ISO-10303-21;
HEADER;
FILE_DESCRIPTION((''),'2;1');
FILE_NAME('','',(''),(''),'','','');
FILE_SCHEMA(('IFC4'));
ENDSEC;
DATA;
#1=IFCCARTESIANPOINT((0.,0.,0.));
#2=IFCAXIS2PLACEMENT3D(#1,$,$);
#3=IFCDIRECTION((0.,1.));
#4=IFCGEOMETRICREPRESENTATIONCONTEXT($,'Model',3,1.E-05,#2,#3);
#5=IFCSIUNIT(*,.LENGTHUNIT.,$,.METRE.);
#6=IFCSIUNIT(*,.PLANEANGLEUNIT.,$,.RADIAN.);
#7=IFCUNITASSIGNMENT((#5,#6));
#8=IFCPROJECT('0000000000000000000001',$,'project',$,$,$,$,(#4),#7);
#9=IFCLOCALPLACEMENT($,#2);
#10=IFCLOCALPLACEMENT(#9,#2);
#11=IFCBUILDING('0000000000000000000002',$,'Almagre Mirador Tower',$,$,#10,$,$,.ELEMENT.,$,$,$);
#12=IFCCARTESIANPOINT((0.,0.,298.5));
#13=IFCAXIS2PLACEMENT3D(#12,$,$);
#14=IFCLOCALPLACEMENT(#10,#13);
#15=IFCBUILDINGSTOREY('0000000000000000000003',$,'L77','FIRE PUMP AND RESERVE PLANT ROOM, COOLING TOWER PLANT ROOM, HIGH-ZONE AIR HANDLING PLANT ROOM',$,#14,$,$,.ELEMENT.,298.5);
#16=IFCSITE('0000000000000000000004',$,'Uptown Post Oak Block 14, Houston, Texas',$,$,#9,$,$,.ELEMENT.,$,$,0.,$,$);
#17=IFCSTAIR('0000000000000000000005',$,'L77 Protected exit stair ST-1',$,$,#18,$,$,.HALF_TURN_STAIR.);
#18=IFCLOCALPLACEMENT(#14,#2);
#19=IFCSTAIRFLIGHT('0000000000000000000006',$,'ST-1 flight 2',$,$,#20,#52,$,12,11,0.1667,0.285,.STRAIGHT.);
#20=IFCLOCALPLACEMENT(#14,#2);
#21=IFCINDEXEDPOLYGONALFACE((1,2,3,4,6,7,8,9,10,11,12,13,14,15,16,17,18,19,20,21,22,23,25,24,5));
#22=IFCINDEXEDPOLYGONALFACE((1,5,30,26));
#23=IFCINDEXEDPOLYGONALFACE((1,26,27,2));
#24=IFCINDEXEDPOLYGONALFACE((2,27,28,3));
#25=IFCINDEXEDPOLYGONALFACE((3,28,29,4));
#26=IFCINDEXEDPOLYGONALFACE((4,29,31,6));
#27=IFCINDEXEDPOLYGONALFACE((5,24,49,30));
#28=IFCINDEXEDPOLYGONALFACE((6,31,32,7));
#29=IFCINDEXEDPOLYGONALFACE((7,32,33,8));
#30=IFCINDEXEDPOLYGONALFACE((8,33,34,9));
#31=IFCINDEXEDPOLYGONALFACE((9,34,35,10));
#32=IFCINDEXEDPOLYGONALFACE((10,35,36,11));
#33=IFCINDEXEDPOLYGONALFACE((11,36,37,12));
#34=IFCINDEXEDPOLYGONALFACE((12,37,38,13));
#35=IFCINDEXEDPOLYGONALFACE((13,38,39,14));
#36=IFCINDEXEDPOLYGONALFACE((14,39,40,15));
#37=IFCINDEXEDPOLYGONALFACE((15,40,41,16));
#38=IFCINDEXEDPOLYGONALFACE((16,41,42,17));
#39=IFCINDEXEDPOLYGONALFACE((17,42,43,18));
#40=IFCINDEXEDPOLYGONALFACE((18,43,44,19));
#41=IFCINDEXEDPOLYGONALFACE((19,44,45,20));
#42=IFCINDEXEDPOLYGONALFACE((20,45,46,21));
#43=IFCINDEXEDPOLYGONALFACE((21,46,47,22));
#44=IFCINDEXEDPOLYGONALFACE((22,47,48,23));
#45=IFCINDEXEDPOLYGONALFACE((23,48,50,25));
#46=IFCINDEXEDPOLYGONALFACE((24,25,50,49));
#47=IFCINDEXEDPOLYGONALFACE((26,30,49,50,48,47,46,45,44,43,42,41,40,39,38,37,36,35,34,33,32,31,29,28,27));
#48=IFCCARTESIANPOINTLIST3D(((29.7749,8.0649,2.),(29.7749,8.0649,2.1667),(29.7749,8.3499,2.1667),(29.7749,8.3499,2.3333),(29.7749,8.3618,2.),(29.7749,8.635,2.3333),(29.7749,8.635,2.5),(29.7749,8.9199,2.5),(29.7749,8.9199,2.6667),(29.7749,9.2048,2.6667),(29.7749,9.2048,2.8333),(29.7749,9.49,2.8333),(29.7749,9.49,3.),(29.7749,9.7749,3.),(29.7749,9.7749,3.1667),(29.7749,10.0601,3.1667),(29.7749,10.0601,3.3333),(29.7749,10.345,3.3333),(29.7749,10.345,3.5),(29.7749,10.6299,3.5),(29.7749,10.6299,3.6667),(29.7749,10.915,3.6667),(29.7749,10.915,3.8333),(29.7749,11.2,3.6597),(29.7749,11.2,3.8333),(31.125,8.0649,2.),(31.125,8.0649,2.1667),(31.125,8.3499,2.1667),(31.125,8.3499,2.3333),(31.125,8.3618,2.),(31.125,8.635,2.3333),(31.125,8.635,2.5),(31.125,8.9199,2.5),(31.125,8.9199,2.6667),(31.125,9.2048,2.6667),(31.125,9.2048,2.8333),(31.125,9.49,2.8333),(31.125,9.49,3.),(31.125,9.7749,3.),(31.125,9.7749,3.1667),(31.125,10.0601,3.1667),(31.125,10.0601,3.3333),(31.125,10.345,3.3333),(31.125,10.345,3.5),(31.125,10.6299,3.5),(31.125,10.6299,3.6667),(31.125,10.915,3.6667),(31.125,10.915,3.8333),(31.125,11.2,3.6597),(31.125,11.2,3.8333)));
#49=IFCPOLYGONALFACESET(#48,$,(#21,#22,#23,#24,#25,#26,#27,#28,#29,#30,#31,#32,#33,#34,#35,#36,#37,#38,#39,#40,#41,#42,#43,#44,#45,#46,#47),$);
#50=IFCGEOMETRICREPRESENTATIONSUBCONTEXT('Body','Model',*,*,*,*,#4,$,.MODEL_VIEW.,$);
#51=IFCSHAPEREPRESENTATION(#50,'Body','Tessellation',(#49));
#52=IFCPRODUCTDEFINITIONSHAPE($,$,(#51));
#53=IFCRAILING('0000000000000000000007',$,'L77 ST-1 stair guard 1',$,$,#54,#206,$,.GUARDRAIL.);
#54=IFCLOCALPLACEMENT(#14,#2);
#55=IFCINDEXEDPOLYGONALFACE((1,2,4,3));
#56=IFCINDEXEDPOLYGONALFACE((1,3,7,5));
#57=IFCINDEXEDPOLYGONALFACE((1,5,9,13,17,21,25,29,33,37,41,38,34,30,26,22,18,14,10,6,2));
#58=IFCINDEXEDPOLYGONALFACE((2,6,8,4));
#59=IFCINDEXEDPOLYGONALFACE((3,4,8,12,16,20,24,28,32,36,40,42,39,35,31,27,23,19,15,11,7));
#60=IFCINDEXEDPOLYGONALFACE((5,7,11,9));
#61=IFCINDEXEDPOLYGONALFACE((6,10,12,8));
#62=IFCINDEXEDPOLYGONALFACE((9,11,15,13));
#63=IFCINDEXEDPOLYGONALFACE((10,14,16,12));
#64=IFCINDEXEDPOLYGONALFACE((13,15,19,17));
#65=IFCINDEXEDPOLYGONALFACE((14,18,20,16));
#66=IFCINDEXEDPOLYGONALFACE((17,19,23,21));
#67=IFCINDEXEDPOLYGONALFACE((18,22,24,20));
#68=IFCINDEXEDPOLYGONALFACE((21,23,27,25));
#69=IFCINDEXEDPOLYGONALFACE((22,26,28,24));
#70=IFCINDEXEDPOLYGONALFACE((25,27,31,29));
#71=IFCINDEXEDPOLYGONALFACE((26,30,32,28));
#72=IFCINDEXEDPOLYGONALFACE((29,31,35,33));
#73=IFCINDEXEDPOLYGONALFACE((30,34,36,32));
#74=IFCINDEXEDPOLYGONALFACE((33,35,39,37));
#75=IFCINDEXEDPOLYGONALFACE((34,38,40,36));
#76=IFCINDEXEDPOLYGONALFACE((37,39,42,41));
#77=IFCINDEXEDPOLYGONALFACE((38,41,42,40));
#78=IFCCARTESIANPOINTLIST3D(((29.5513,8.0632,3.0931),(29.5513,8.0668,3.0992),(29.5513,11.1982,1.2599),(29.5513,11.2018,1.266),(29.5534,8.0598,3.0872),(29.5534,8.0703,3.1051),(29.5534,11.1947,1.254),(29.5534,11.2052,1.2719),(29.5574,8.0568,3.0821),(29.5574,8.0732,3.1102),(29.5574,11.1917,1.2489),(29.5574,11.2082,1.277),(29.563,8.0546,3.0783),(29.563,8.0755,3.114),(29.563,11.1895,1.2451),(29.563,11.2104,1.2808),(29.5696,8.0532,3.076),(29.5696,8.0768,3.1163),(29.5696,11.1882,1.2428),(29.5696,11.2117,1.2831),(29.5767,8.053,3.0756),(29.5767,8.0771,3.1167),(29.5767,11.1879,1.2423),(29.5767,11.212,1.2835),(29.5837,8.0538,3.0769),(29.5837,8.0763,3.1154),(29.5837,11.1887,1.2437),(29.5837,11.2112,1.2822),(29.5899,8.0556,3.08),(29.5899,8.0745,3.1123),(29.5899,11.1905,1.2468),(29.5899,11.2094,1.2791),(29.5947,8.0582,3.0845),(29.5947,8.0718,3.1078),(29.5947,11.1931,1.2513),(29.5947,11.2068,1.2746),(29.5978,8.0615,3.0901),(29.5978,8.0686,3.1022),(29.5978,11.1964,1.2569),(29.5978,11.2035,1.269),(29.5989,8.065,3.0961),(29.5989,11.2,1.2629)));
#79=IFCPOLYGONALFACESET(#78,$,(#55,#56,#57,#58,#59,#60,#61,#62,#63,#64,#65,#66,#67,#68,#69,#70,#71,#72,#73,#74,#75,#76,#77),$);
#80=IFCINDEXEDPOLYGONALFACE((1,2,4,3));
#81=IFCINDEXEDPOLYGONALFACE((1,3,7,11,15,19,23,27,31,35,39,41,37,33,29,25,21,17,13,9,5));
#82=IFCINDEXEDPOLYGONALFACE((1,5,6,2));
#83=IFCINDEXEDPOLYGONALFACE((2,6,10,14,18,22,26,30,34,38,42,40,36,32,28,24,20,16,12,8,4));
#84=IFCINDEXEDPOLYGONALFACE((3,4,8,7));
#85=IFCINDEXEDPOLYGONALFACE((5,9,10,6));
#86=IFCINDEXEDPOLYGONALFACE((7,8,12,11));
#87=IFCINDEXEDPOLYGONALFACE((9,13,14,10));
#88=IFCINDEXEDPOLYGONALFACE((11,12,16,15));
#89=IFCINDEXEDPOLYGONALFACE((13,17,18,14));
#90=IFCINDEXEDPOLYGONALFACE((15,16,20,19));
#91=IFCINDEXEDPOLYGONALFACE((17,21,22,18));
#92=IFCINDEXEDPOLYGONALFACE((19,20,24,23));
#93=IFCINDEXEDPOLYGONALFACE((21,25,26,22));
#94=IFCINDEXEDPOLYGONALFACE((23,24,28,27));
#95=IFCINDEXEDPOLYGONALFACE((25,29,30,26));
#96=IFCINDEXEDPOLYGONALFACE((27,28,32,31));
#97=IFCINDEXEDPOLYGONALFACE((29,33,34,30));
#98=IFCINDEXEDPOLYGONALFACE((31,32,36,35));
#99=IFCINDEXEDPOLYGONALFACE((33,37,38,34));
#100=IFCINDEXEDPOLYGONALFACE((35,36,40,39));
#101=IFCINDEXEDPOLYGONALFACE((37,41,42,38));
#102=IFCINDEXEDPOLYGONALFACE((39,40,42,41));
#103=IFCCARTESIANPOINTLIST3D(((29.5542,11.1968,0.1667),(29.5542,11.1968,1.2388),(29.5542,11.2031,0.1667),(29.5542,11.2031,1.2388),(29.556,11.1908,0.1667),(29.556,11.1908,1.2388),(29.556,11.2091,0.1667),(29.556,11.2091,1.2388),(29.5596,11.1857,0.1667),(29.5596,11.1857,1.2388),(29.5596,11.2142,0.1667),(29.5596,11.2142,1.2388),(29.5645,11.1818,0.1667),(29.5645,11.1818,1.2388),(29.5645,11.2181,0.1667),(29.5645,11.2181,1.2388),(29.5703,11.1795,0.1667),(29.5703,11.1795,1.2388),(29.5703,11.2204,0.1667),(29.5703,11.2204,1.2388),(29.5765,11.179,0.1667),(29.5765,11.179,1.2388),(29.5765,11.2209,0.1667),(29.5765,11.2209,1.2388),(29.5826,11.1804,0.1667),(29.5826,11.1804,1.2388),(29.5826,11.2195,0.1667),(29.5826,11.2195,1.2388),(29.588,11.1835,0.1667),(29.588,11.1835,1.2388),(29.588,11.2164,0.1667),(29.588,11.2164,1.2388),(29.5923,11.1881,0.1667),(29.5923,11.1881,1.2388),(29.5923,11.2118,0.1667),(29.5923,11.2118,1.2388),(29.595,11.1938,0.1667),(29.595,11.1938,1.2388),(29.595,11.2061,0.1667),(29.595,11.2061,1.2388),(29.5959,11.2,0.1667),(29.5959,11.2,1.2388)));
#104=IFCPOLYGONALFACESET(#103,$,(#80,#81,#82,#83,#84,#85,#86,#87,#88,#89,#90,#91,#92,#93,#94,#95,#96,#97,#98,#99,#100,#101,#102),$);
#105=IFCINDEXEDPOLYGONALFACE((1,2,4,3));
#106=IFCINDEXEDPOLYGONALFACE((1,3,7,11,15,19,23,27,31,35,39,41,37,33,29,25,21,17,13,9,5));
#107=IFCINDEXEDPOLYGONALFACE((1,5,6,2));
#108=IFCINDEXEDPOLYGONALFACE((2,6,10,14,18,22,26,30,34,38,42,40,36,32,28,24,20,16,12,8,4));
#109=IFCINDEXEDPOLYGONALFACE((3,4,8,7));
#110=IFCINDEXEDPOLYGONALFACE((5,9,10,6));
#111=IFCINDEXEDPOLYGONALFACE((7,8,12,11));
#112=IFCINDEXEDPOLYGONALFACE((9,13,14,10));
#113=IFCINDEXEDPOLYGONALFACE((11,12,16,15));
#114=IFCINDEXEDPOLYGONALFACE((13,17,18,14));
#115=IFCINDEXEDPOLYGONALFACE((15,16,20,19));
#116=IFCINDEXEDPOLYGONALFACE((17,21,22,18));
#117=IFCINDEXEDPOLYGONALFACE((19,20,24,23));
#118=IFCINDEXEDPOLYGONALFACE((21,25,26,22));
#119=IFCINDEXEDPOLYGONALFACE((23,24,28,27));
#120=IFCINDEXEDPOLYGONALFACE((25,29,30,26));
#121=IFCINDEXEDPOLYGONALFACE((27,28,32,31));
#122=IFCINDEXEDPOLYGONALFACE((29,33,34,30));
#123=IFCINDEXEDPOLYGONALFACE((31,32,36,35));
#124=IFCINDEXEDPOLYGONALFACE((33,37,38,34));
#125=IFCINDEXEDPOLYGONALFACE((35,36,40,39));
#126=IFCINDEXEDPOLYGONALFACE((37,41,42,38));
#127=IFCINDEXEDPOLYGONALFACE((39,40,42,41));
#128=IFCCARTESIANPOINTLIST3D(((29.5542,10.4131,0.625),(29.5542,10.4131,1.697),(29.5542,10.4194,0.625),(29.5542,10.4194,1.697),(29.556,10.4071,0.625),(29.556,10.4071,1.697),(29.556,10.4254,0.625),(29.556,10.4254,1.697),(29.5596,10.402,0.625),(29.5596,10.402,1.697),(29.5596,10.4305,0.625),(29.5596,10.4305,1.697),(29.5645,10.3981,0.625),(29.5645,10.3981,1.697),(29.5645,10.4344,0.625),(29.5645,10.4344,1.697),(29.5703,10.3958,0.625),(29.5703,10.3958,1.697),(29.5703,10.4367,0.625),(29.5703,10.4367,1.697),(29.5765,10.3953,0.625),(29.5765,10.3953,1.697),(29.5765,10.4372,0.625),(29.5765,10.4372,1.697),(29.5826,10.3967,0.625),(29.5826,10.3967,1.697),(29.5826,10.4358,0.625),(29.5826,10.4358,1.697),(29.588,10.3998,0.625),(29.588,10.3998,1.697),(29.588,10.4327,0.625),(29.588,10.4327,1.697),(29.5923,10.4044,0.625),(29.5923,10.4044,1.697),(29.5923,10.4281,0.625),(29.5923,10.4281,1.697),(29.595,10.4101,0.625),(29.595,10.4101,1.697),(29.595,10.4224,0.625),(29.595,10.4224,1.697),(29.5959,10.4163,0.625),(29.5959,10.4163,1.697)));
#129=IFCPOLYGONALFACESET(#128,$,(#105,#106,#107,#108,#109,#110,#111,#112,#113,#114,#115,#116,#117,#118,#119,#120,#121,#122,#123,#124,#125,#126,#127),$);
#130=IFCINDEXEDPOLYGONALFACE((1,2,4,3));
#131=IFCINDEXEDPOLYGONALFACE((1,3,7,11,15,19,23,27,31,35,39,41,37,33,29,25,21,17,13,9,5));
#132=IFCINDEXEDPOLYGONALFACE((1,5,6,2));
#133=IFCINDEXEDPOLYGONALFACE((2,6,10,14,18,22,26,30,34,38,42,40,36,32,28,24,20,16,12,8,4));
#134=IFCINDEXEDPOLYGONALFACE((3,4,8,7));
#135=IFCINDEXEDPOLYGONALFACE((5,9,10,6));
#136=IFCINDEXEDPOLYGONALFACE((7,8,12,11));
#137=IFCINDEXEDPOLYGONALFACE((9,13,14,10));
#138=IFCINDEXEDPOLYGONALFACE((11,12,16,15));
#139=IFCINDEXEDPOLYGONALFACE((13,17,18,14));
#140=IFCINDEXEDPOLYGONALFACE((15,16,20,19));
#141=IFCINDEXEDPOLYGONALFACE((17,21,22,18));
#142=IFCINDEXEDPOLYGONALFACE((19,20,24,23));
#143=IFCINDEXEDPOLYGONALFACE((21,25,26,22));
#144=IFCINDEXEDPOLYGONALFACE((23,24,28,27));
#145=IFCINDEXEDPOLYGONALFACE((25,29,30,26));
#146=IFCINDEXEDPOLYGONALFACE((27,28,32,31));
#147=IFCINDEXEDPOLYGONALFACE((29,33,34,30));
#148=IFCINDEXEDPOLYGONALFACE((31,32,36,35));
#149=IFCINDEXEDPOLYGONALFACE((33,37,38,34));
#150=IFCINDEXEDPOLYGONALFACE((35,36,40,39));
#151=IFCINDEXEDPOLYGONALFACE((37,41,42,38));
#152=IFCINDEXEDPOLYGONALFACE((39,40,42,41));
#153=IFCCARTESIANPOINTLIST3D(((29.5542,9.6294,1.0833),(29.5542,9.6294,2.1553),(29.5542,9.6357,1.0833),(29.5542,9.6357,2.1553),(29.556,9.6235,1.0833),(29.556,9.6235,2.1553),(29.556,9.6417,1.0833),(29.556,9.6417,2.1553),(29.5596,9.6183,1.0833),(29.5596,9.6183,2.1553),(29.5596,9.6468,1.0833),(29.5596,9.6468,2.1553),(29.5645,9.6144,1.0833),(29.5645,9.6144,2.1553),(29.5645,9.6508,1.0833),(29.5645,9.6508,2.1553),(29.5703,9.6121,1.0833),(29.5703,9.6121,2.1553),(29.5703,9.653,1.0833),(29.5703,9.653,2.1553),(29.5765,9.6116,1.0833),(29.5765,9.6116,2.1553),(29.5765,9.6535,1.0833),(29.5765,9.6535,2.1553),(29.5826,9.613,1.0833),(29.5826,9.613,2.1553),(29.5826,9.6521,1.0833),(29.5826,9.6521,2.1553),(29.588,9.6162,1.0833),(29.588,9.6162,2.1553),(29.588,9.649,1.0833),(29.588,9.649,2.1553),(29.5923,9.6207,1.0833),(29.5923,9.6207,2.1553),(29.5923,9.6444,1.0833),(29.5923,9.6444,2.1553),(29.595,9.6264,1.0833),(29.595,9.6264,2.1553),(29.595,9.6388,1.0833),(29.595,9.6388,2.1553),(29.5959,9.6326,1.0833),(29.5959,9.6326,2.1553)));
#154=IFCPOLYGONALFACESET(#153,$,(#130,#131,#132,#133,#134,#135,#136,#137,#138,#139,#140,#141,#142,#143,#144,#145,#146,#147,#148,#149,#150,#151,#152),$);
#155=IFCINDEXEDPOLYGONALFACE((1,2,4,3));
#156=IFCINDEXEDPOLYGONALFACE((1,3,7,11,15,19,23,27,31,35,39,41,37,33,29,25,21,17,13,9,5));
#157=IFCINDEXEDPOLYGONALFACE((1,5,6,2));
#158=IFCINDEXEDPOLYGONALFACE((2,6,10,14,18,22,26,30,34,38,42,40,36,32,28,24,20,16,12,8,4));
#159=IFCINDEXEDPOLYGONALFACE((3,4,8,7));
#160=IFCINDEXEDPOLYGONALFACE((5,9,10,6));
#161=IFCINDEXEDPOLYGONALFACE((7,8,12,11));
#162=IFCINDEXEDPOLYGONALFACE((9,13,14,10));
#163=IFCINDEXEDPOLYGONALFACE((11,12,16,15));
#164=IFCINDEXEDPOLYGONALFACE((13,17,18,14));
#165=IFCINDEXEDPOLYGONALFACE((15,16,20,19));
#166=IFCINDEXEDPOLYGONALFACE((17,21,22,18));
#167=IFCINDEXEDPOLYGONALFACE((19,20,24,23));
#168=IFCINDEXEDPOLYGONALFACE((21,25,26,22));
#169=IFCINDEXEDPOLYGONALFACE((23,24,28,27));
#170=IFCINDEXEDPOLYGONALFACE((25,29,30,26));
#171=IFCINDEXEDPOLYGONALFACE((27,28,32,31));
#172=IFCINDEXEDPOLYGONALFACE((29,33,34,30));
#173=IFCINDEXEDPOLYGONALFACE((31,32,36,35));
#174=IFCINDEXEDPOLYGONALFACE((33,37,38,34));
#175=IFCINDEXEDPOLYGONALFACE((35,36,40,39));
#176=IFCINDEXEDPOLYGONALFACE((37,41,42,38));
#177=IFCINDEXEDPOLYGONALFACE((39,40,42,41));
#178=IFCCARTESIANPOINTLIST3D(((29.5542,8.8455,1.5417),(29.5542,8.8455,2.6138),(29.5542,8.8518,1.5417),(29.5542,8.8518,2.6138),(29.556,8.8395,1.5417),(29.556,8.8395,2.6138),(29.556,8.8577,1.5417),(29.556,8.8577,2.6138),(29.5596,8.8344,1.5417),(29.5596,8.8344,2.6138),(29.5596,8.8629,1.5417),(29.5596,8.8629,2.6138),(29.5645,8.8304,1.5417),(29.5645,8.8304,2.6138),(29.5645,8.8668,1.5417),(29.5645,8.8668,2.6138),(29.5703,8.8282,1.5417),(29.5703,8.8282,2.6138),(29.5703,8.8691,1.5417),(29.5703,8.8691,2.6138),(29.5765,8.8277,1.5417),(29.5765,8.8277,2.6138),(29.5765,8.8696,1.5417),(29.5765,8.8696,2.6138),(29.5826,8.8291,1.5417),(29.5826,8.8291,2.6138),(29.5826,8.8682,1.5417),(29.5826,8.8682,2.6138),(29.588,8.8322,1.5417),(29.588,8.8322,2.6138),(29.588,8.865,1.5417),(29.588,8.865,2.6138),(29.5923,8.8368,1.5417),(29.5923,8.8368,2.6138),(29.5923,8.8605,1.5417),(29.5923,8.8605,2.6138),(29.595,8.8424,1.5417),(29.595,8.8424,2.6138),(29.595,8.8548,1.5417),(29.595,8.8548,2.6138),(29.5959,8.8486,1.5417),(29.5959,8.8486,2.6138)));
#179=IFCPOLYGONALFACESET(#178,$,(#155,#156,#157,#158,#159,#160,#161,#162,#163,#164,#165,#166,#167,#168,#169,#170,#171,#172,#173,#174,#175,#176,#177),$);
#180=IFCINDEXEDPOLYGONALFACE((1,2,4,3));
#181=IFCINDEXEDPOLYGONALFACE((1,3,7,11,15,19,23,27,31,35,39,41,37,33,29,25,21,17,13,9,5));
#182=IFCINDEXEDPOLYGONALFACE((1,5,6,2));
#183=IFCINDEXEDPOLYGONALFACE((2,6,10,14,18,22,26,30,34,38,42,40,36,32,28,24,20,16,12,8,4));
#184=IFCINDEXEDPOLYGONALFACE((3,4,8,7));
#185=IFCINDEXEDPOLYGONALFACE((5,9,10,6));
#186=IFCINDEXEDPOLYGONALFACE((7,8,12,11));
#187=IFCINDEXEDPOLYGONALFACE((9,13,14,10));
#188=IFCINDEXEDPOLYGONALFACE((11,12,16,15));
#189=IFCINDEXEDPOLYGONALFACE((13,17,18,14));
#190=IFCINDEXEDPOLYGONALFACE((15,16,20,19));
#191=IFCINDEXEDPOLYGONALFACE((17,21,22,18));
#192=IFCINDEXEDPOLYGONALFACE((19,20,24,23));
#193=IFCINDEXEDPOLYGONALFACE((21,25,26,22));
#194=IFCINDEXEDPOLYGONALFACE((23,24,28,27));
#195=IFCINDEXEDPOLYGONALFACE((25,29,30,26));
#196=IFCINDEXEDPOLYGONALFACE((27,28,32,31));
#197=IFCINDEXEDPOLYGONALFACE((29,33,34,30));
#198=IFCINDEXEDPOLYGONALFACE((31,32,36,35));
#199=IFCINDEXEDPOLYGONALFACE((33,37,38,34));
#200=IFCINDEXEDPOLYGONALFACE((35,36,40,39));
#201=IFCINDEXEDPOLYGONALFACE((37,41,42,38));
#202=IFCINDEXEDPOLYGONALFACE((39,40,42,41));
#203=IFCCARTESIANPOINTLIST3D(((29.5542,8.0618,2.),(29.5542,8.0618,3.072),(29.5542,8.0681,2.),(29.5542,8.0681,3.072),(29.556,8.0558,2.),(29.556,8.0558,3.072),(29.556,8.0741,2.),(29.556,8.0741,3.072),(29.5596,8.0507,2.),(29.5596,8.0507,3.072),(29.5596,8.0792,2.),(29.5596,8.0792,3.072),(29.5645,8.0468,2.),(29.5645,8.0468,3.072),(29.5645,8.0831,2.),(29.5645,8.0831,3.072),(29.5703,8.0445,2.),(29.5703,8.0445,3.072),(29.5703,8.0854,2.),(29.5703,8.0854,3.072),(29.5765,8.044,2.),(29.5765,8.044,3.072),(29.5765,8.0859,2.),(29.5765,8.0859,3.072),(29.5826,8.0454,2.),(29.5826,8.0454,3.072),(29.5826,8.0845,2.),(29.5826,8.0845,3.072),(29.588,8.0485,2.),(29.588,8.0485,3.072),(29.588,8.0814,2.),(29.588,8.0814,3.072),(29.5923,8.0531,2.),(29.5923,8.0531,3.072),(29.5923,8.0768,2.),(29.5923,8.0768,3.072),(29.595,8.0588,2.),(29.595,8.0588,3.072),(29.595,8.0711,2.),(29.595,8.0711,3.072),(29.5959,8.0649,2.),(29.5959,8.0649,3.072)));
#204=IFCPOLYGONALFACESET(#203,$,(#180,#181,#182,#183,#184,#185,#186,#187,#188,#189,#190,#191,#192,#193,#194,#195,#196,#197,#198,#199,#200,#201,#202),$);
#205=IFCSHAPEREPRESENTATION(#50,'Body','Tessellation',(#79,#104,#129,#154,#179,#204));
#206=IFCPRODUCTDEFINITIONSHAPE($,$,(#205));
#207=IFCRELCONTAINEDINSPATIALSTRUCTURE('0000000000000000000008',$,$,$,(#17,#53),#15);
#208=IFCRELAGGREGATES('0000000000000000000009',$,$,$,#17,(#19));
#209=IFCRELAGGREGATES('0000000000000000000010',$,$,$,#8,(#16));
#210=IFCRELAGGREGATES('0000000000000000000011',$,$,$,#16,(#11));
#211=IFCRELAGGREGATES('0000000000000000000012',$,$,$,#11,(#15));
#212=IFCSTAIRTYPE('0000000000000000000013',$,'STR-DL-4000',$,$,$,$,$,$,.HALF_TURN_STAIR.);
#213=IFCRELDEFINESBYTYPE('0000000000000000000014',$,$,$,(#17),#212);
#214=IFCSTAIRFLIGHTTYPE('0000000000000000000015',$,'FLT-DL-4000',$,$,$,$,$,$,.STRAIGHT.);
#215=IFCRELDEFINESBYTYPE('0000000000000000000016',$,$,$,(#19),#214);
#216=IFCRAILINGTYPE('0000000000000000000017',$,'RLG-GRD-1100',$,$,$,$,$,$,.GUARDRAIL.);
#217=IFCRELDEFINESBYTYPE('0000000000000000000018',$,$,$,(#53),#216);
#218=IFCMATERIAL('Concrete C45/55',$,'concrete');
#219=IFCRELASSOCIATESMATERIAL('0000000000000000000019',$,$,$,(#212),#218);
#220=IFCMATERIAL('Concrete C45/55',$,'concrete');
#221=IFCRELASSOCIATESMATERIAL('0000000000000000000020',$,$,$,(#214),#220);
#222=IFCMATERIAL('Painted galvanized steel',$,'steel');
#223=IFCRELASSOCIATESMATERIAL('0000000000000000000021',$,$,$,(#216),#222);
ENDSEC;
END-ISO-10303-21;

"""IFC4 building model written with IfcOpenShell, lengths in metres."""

from ifc_helpers import new_model, si_unit, direction, frame, origin, origin_2d, place, context, subcontext, project, spatial, polyline, circle, outline, extrude, material, type_object, element, aggregate, save


model = new_model("IFC4")

# Units and contexts
model_context = context("Model", 3, precision=1e-05, world=origin(), true_north=direction((0.0, 1.0)))
body_context = subcontext(model_context, "Body", "Model", "MODEL_VIEW")
ifc_project = project(units=[si_unit("LENGTHUNIT", "METRE"), si_unit("PLANEANGLEUNIT", "RADIAN")], contexts=[model_context])

# Site, building, storey
site_placement = place(None, origin())
site = spatial("IfcSite", under=ifc_project, at=site_placement, Name="Uptown Post Oak Block 14, Houston, Texas", CompositionType="ELEMENT", RefElevation=0.0)
building_placement = place(site_placement, origin())
building = spatial("IfcBuilding", under=site, at=building_placement, Name="Almagre Mirador Tower", CompositionType="ELEMENT")
storey_placement = place(building_placement, frame((0.0, 0.0, 298.5)))
storey = spatial("IfcBuildingStorey", under=building, at=storey_placement, Name="L77", Description="FIRE PUMP AND RESERVE PLANT ROOM, COOLING TOWER PLANT ROOM, HIGH-ZONE AIR HANDLING PLANT ROOM", CompositionType="ELEMENT", Elevation=298.5)

# Stair, stair flight
ifc_material_1 = material(Name="Concrete C45/55", Category="concrete")
stair_type = type_object("IfcStairType", Name="STR-DL-4000", PredefinedType="HALF_TURN_STAIR", material=ifc_material_1)
stair_placement = place(storey_placement, origin())
stair = element("IfcStair", 1, at=stair_placement, inside=storey, type_object=stair_type, Name="L77 Protected exit stair ST-1", PredefinedType="HALF_TURN_STAIR")
ifc_material_2 = material(Name="Concrete C45/55", Category="concrete")
stair_flight_type = type_object("IfcStairFlightType", Name="FLT-DL-4000", PredefinedType="STRAIGHT", material=ifc_material_2)
stair_flight_1_placement = place(storey_placement, frame((30.45, 8.0649, 2.0), z_axis=(0.0, 0.0, 1.0), x_axis=(0.0, 1.0, 0.0)))
stair_flight_1 = element("IfcStairFlight", 2, at=stair_flight_1_placement, type_object=stair_flight_type, Name="ST-1 flight 2", NumberOfRisers=12, NumberOfTreads=11, PredefinedType="STRAIGHT", RiserHeight=0.1667, TreadLength=0.285, context=body_context, shape_type="SweptSolid", body=[
    extrude(outline(polyline([(0.0, 0.0), (0.0, 0.1667), (0.2849, 0.1667), (0.2849, 0.3333), (0.5701, 0.3333), (0.5701, 0.5), (0.855, 0.5), (0.855, 0.6667), (1.1399, 0.6667), (1.1399, 0.8333), (1.425, 0.8333), (1.425, 1.0), (1.71, 1.0), (1.71, 1.1667), (1.9951, 1.1667), (1.9951, 1.3333), (2.28, 1.3333), (2.28, 1.5), (2.5649, 1.5), (2.5649, 1.6667), (2.8501, 1.6667), (2.8501, 1.8333), (3.135, 1.8333), (3.135, 2.0), (3.135, 1.6597), (0.2969, 0.0), (0.0, 0.0)])), frame((0.0, 0.675, 0.0), z_axis=(0.0, -1.0, 0.0), x_axis=(1.0, 0.0, 0.0)), (0.0, 0.0, 1.0), 1.3501),
])
aggregate(stair, [stair_flight_1])

# Railing
ifc_material_3 = material(Name="Painted galvanized steel", Category="steel")
railing_type_1 = type_object("IfcRailingType", Name="RLG-GRD-1100", PredefinedType="GUARDRAIL", material=ifc_material_3)
railing_1_placement = place(storey_placement, frame((29.575, 11.2, 0.1667)))
element("IfcRailing", 3, at=railing_1_placement, inside=storey, type_object=railing_type_1, Name="L77 ST-1 stair guard 1", PredefinedType="GUARDRAIL", context=body_context, shape_type="SweptSolid", body=[
    extrude(circle(Radius=0.0239, at=origin_2d()), frame((0.0, 0.0, 1.0962), z_axis=(0.0, -0.86324, 0.504794), x_axis=(1.0, 0.0, 0.0)), (0.0, 0.0, 1.0), 3.6316),
    extrude(circle(Radius=0.021, at=origin_2d()), origin(), (0.0, 0.0, 1.0), 1.072),
    extrude(circle(Radius=0.021, at=origin_2d()), frame((0.0, -0.7837, 0.4583)), (0.0, 0.0, 1.0), 1.072),
    extrude(circle(Radius=0.021, at=origin_2d()), frame((0.0, -1.5674, 0.9165)), (0.0, 0.0, 1.0), 1.072),
    extrude(circle(Radius=0.021, at=origin_2d()), frame((0.0, -2.3513, 1.375)), (0.0, 0.0, 1.0), 1.072),
    extrude(circle(Radius=0.021, at=origin_2d()), frame((0.0, -3.135, 1.8333)), (0.0, 0.0, 1.0), 1.072),
])

save(model, "model.ifc")
